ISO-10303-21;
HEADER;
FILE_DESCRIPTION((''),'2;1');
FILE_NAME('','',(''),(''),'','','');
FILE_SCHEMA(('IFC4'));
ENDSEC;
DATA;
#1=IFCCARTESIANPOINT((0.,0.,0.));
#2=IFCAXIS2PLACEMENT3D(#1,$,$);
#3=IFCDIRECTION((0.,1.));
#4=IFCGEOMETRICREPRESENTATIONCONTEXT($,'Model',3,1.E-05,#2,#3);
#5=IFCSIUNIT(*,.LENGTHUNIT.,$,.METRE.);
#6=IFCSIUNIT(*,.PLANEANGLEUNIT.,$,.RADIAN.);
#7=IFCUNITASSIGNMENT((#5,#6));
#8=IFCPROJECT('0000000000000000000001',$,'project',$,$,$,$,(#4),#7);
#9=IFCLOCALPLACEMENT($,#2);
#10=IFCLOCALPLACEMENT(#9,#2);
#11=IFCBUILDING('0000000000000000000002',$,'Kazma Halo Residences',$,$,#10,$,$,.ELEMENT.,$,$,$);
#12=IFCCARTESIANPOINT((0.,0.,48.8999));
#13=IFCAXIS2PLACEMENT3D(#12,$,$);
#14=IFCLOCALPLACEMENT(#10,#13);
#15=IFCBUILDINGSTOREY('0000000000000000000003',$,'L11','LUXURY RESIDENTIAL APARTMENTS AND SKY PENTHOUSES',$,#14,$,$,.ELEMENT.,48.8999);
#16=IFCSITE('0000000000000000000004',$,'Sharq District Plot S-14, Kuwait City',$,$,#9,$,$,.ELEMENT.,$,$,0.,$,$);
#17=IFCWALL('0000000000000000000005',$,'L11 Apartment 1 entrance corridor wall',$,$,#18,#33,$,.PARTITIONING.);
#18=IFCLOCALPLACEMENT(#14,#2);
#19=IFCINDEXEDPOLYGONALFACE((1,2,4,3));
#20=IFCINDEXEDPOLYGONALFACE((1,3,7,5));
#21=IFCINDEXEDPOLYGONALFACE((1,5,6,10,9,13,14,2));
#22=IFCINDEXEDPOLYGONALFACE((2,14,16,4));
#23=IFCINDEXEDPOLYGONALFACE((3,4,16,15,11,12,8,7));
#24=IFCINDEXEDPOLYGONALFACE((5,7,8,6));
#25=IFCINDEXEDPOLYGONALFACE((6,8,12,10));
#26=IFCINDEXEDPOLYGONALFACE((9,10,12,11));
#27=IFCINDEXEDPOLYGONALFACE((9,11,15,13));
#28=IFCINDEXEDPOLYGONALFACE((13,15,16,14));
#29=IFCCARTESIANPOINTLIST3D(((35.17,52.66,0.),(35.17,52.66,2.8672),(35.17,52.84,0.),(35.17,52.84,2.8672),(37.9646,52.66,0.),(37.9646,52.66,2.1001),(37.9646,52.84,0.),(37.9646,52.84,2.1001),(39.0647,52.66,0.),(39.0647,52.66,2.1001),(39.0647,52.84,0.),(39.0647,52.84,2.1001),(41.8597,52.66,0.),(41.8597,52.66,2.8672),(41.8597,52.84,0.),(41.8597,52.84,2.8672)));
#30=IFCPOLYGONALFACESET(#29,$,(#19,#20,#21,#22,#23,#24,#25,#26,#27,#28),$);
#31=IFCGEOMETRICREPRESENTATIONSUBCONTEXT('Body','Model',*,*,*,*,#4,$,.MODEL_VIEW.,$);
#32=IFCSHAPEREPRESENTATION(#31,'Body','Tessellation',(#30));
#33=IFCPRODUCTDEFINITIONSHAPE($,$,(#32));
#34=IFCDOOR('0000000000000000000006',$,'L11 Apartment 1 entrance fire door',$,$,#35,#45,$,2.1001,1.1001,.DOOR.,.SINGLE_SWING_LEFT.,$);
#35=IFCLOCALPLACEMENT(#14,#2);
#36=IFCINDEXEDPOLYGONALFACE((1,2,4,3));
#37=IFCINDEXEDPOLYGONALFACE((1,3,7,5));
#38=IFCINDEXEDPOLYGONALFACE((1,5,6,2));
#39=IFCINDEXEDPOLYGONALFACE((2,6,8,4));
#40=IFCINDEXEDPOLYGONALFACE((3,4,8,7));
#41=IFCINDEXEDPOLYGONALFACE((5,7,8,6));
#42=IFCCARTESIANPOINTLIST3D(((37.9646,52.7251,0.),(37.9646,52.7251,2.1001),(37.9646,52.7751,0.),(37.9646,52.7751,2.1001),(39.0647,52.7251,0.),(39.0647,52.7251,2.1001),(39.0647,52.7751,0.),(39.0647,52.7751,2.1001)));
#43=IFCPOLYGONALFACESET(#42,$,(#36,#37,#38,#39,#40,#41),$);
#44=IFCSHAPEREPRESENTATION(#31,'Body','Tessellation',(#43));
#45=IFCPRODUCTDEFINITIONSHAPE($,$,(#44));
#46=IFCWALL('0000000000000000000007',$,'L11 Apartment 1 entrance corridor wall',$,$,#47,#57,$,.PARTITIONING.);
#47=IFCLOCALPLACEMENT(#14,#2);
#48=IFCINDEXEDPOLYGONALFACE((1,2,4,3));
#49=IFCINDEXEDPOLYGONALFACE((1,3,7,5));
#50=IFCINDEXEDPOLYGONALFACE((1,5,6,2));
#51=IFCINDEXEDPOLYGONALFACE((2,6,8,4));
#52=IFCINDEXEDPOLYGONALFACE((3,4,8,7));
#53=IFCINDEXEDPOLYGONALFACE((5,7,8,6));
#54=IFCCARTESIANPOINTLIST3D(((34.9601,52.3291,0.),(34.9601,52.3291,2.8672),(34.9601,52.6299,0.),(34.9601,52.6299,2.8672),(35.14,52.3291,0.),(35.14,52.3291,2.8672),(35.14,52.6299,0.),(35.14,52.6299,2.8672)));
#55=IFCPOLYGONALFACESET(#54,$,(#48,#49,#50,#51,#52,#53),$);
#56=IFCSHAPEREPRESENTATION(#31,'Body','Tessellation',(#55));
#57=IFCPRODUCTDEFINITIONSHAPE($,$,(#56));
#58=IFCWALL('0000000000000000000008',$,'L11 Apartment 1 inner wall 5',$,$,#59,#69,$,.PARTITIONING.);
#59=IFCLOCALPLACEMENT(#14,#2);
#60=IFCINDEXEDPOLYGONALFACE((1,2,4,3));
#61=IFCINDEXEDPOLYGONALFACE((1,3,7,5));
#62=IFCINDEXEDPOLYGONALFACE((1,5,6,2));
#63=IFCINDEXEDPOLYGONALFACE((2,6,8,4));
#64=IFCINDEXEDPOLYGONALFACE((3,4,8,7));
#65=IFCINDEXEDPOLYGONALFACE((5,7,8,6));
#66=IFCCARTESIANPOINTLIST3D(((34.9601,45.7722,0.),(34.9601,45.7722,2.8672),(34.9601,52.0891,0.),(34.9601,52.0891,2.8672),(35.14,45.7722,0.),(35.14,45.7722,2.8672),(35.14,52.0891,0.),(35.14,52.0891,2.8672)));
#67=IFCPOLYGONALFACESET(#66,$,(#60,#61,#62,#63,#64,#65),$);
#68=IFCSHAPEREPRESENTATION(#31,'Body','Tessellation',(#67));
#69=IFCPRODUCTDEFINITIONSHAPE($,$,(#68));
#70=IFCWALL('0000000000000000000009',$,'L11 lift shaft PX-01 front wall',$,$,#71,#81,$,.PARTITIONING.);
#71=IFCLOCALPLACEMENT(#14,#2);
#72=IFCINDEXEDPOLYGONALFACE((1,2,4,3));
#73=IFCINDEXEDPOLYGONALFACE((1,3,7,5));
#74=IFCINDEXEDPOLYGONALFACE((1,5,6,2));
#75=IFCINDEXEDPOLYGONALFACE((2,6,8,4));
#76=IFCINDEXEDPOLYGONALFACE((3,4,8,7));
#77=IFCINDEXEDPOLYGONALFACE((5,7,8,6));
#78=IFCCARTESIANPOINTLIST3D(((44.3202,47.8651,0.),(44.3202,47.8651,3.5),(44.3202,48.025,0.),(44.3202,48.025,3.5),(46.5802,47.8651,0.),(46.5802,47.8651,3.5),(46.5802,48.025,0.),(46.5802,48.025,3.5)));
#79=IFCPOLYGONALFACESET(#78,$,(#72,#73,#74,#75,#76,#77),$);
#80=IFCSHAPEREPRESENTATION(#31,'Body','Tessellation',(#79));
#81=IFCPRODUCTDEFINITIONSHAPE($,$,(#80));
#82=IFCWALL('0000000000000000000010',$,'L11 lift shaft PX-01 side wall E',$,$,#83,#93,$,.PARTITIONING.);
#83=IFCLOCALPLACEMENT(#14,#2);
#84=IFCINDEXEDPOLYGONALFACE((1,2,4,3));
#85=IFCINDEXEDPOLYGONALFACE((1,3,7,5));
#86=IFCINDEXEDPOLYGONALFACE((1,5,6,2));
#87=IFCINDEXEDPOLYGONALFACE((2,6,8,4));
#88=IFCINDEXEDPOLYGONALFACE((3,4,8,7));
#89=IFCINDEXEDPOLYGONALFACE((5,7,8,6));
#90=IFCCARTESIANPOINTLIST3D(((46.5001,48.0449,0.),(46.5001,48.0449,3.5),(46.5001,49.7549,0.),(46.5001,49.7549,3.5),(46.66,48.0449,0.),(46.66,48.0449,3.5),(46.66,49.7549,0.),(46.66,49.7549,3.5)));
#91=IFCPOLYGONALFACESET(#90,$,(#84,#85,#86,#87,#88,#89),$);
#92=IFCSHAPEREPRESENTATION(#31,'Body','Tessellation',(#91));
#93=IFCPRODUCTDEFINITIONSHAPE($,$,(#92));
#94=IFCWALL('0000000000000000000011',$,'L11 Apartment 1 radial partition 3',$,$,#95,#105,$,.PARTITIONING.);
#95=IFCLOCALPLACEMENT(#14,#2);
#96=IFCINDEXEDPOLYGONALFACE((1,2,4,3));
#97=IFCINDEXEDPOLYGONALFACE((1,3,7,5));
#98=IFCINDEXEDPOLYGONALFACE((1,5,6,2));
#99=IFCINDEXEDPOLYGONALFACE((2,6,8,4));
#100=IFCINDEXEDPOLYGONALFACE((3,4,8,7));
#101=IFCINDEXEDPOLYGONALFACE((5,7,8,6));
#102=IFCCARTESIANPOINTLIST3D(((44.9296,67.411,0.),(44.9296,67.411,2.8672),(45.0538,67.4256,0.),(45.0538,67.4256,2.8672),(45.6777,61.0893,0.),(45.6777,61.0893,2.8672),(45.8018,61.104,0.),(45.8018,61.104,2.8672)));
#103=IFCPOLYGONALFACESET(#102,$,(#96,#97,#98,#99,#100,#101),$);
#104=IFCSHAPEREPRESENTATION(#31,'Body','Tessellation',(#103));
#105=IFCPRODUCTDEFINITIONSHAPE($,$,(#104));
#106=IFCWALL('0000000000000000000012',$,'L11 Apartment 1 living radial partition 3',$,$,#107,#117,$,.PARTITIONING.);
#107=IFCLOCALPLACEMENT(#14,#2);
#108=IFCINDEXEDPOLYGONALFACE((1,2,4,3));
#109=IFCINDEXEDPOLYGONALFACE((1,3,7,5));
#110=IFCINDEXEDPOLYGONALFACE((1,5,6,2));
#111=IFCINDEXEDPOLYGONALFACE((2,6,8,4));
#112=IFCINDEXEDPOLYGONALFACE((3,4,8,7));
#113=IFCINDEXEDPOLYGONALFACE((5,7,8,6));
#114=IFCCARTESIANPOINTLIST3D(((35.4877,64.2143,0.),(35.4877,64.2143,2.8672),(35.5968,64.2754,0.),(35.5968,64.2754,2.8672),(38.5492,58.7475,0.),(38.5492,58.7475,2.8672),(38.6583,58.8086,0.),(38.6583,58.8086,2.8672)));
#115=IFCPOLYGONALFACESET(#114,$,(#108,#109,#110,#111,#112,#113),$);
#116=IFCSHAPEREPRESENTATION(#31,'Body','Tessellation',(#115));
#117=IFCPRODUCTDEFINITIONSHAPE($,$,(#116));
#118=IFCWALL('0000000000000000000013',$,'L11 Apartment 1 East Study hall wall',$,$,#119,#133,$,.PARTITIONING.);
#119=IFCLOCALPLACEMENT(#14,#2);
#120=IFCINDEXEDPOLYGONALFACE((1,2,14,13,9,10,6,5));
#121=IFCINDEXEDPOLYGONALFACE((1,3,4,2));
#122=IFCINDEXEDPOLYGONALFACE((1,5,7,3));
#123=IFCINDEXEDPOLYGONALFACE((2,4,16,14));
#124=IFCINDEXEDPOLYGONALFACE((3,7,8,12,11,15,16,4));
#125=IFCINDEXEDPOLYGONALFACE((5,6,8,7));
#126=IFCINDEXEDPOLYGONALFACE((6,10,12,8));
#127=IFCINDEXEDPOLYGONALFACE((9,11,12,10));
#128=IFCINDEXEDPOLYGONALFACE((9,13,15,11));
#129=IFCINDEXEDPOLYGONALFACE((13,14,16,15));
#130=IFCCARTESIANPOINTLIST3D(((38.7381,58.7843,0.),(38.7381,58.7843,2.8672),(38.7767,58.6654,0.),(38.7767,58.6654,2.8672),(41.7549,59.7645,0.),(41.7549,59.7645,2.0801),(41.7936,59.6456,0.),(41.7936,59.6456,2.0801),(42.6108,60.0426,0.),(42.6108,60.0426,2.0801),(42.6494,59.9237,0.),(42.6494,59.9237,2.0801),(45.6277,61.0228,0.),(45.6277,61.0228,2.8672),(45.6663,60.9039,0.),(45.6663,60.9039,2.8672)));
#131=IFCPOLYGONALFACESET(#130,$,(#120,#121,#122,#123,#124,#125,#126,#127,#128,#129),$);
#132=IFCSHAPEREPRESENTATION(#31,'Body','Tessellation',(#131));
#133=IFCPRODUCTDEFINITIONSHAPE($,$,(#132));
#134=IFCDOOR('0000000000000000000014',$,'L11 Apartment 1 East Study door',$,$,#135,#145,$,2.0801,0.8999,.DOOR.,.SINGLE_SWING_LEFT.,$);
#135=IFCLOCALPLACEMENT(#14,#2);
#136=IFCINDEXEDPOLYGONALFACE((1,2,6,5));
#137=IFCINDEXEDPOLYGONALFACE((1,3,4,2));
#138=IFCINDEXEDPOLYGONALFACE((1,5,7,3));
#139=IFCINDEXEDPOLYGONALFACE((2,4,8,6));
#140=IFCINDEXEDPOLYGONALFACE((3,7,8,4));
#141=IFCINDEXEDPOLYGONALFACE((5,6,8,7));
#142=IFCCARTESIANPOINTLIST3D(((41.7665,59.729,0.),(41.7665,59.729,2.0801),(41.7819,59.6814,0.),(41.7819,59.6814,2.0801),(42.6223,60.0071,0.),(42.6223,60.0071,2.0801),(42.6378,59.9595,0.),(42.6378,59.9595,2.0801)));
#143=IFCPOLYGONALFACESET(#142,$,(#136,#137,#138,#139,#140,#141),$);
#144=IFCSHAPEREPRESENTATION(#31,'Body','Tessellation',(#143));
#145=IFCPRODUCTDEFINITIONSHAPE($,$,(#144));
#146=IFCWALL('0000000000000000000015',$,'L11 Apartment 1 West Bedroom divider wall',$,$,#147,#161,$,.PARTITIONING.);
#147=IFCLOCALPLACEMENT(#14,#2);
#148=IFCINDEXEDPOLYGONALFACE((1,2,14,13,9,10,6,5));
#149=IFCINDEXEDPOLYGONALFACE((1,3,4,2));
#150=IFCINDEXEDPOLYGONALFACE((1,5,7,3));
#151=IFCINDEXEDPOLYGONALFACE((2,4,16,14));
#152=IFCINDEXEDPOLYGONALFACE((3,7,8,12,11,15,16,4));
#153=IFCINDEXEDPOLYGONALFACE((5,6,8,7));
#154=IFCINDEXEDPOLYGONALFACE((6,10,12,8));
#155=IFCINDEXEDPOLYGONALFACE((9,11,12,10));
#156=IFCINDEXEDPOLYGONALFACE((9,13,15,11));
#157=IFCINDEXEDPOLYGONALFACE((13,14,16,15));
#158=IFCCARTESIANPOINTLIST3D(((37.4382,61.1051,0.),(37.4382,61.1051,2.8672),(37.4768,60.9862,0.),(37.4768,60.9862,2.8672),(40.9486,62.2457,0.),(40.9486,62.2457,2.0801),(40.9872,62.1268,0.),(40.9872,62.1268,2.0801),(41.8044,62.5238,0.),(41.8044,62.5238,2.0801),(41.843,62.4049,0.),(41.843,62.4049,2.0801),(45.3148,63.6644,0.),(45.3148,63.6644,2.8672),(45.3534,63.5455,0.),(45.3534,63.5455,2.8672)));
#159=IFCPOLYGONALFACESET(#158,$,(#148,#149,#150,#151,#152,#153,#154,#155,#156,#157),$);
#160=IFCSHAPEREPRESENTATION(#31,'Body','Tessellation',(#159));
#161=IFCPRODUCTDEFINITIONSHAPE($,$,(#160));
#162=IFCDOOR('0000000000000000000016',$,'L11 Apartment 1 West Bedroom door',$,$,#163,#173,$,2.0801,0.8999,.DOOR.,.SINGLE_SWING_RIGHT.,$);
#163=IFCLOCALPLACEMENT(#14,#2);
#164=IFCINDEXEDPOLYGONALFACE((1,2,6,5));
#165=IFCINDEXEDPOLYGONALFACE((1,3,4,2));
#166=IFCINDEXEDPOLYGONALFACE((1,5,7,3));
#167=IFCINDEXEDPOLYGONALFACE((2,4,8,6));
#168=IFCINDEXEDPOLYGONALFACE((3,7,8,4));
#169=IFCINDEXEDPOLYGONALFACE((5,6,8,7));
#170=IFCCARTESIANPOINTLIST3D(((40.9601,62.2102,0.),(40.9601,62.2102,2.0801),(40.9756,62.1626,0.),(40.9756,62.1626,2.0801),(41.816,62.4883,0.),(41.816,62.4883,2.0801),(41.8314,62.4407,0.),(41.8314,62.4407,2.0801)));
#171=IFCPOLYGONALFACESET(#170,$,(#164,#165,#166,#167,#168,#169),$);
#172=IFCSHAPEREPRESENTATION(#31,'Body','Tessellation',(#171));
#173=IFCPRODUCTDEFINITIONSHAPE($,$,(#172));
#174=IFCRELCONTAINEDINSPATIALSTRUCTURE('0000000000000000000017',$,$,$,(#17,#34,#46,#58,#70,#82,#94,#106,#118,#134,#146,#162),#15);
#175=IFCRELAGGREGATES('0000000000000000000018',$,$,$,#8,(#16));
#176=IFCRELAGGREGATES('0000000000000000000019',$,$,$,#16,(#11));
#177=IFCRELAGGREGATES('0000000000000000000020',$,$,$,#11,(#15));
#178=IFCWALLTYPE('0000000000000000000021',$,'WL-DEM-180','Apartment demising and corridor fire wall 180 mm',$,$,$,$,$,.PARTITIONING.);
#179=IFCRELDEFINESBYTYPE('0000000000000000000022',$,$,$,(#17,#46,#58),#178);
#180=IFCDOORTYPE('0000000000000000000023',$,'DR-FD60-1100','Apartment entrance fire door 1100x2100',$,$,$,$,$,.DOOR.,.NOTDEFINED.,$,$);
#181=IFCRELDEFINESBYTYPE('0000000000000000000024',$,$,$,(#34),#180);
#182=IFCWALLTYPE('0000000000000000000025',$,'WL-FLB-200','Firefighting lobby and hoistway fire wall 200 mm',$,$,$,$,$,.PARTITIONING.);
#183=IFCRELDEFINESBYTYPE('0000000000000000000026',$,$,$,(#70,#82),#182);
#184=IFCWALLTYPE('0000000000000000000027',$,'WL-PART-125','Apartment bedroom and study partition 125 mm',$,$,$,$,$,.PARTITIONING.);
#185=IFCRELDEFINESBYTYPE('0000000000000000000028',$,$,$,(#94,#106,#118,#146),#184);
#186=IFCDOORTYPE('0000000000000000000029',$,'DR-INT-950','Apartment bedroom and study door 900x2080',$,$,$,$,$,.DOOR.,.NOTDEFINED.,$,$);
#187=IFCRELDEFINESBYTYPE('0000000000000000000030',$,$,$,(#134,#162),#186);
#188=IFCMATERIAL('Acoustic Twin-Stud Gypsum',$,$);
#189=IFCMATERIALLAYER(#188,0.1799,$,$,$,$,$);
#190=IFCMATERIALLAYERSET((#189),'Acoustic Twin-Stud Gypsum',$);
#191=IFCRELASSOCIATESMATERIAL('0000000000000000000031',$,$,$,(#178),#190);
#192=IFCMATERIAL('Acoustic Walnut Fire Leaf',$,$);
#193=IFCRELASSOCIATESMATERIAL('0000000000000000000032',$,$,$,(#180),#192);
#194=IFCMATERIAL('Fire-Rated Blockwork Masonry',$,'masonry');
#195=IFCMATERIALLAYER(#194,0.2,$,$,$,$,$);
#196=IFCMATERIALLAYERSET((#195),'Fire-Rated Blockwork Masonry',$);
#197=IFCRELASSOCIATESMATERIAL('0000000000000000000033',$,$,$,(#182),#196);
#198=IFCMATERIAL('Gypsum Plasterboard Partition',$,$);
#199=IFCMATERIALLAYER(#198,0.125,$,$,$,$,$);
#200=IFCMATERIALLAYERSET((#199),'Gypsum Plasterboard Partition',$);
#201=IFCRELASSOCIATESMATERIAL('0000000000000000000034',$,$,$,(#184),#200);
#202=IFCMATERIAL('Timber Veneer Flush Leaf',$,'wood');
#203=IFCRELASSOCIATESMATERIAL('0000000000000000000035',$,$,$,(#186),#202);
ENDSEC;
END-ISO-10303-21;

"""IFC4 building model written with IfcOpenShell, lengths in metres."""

from ifc_helpers import new_model, si_unit, direction, frame, frame_2d, origin, place, context, subcontext, project, spatial, rectangle, extrude, material, layer, layer_set, type_object, element, fill, save


model = new_model("IFC4")

# Units and contexts
model_context = context("Model", 3, precision=1e-05, world=origin(), true_north=direction((0.0, 1.0)))
body_context = subcontext(model_context, "Body", "Model", "MODEL_VIEW")
ifc_project = project(units=[si_unit("LENGTHUNIT", "METRE"), si_unit("PLANEANGLEUNIT", "RADIAN")], contexts=[model_context])

# Site, building, storey
site_placement = place(None, origin())
site = spatial("IfcSite", under=ifc_project, at=site_placement, Name="Sharq District Plot S-14, Kuwait City", CompositionType="ELEMENT", RefElevation=0.0)
building_placement = place(site_placement, origin())
building = spatial("IfcBuilding", under=site, at=building_placement, Name="Kazma Halo Residences", CompositionType="ELEMENT")
storey_placement = place(building_placement, frame((0.0, 0.0, 48.8999)))
storey = spatial("IfcBuildingStorey", under=building, at=storey_placement, Name="L11", Description="LUXURY RESIDENTIAL APARTMENTS AND SKY PENTHOUSES", CompositionType="ELEMENT", Elevation=48.8999)

# Wall, opening, door
ifc_material_1 = material(Name="Acoustic Twin-Stud Gypsum")
ifc_layer_1 = layer(ifc_material_1, 0.1799)
ifc_layer_set_1 = layer_set([ifc_layer_1], Name="Acoustic Twin-Stud Gypsum")
wall_type_1 = type_object("IfcWallType", Name="WL-DEM-180", Description="Apartment demising and corridor fire wall 180 mm", PredefinedType="PARTITIONING", material=ifc_layer_set_1)
wall_1_placement = place(storey_placement, frame((41.8596, 52.75, 0.0), z_axis=(0.0, 0.0, 1.0), x_axis=(-1.0, 0.0, 0.0)))
wall_1 = element("IfcWall", 1, at=wall_1_placement, inside=storey, type_object=wall_type_1, Name="L11 Apartment 1 entrance corridor wall", PredefinedType="PARTITIONING", context=body_context, shape_type="SweptSolid", body=[
    extrude(rectangle(XDim=6.6897, YDim=0.1799, at=frame_2d((3.3447, 0.0))), origin(), (0.0, 0.0, 1.0), 2.8672),
])
opening_1_placement = place(wall_1_placement, frame((2.7949, 0.0, 0.0)))
opening_1 = element("IfcOpeningElement", 2, at=opening_1_placement, cuts=wall_1, PredefinedType="OPENING", context=body_context, shape_type="SweptSolid", body=[
    extrude(rectangle(XDim=1.1001, YDim=2.1001, at=frame_2d((0.55, 1.05))), frame((0.0, 0.0999, 0.0), z_axis=(0.0, -1.0, 0.0), x_axis=(1.0, 0.0, 0.0)), (0.0, 0.0, 1.0), 0.2),
])
ifc_material_2 = material(Name="Acoustic Walnut Fire Leaf")
door_type_1 = type_object("IfcDoorType", Name="DR-FD60-1100", Description="Apartment entrance fire door 1100x2100", OperationType="NOTDEFINED", PredefinedType="DOOR", material=ifc_material_2)
door_1_placement = place(opening_1_placement, origin())
door_1 = element("IfcDoor", 3, at=door_1_placement, inside=storey, type_object=door_type_1, Name="L11 Apartment 1 entrance fire door", OperationType="SINGLE_SWING_LEFT", OverallHeight=2.1001, OverallWidth=1.1001, PredefinedType="DOOR", context=body_context, shape_type="SweptSolid", body=[
    extrude(rectangle(XDim=1.1001, YDim=2.1001, at=frame_2d((0.55, 1.05))), frame((0.0, 0.0249, 0.0), z_axis=(0.0, -1.0, 0.0), x_axis=(1.0, 0.0, 0.0)), (0.0, 0.0, 1.0), 0.05),
])
fill(opening_1, door_1)

# Walls
wall_2_placement = place(storey_placement, frame((35.05, 52.6299, 0.0), z_axis=(0.0, 0.0, 1.0), x_axis=(0.0, -1.0, 0.0)))
element("IfcWall", 4, at=wall_2_placement, inside=storey, type_object=wall_type_1, Name="L11 Apartment 1 entrance corridor wall", PredefinedType="PARTITIONING", context=body_context, shape_type="SweptSolid", body=[
    extrude(rectangle(XDim=0.3008, YDim=0.1799, at=frame_2d((0.1504, 0.0))), origin(), (0.0, 0.0, 1.0), 2.8672),
])
wall_3_placement = place(storey_placement, frame((35.05, 52.0891, 0.0), z_axis=(0.0, 0.0, 1.0), x_axis=(0.0, -1.0, 0.0)))
element("IfcWall", 5, at=wall_3_placement, inside=storey, type_object=wall_type_1, Name="L11 Apartment 1 inner wall 5", PredefinedType="PARTITIONING", context=body_context, shape_type="SweptSolid", body=[
    extrude(rectangle(XDim=6.3169, YDim=0.1799, at=frame_2d((3.1584, 0.0))), origin(), (0.0, 0.0, 1.0), 2.8672),
])

# Walls
ifc_material_3 = material(Name="Fire-Rated Blockwork Masonry", Category="masonry")
ifc_layer_2 = layer(ifc_material_3, 0.2)
ifc_layer_set_2 = layer_set([ifc_layer_2], Name="Fire-Rated Blockwork Masonry")
wall_type_2 = type_object("IfcWallType", Name="WL-FLB-200", Description="Firefighting lobby and hoistway fire wall 200 mm", PredefinedType="PARTITIONING", material=ifc_layer_set_2)
wall_4_placement = place(storey_placement, frame((46.5801, 47.9451, 0.0), z_axis=(0.0, 0.0, 1.0), x_axis=(-1.0, 0.0, 0.0)))
element("IfcWall", 6, at=wall_4_placement, inside=storey, type_object=wall_type_2, Name="L11 lift shaft PX-01 front wall", PredefinedType="PARTITIONING", context=body_context, shape_type="SweptSolid", body=[
    extrude(rectangle(XDim=2.26, YDim=0.1599, at=frame_2d((1.1299, 0.0))), origin(), (0.0, 0.0, 1.0), 3.5),
])
wall_5_placement = place(storey_placement, frame((46.5801, 48.0449, 0.0), z_axis=(0.0, 0.0, 1.0), x_axis=(0.0, 1.0, 0.0)))
element("IfcWall", 7, at=wall_5_placement, inside=storey, type_object=wall_type_2, Name="L11 lift shaft PX-01 side wall E", PredefinedType="PARTITIONING", context=body_context, shape_type="SweptSolid", body=[
    extrude(rectangle(XDim=1.71, YDim=0.1599, at=frame_2d((0.855, 0.0))), origin(), (0.0, 0.0, 1.0), 3.5),
])
ifc_material_4 = material(Name="Gypsum Plasterboard Partition")
ifc_layer_3 = layer(ifc_material_4, 0.125)
ifc_layer_set_3 = layer_set([ifc_layer_3], Name="Gypsum Plasterboard Partition")
wall_type_3 = type_object("IfcWallType", Name="WL-PART-125", Description="Apartment bedroom and study partition 125 mm", PredefinedType="PARTITIONING", material=ifc_layer_set_3)
wall_6_placement = place(storey_placement, frame((45.7397, 61.0967, 0.0), z_axis=(0.0, 0.0, 1.0), x_axis=(-0.117513, 0.993071, 0.0)))
element("IfcWall", 8, at=wall_6_placement, inside=storey, type_object=wall_type_3, Name="L11 Apartment 1 radial partition 3", PredefinedType="PARTITIONING", context=body_context, shape_type="SweptSolid", body=[
    extrude(rectangle(XDim=6.3657, YDim=0.125, at=frame_2d((3.1829, 0.0))), origin(), (0.0, 0.0, 1.0), 2.8672),
])
wall_7_placement = place(storey_placement, frame((38.6038, 58.7781, 0.0), z_axis=(0.0, 0.0, 1.0), x_axis=(-0.488618, 0.872498, 0.0)))
element("IfcWall", 9, at=wall_7_placement, inside=storey, type_object=wall_type_3, Name="L11 Apartment 1 living radial partition 3", PredefinedType="PARTITIONING", context=body_context, shape_type="SweptSolid", body=[
    extrude(rectangle(XDim=6.2656, YDim=0.125, at=frame_2d((3.1328, 0.0))), origin(), (0.0, 0.0, 1.0), 2.8672),
])

# Walls, openings, doors
wall_8_placement = place(storey_placement, frame((45.647, 60.9634, 0.0), z_axis=(0.0, 0.0, 1.0), x_axis=(-0.951059, -0.30901, 0.0)))
wall_8 = element("IfcWall", 10, at=wall_8_placement, inside=storey, type_object=wall_type_3, Name="L11 Apartment 1 East Study hall wall", PredefinedType="PARTITIONING", context=body_context, shape_type="SweptSolid", body=[
    extrude(rectangle(XDim=7.2441, YDim=0.125, at=frame_2d((3.6221, 0.0))), origin(), (0.0, 0.0, 1.0), 2.8672),
])
opening_2_placement = place(wall_8_placement, frame((3.1721, 0.0, 0.0)))
opening_2 = element("IfcOpeningElement", 11, at=opening_2_placement, cuts=wall_8, PredefinedType="OPENING", context=body_context, shape_type="SweptSolid", body=[
    extrude(rectangle(XDim=0.8999, YDim=2.0801, at=frame_2d((0.45, 1.04))), frame((0.0, 0.0725, 0.0), z_axis=(0.0, -1.0, 0.0), x_axis=(1.0, 0.0, 0.0)), (0.0, 0.0, 1.0), 0.145),
])
ifc_material_5 = material(Name="Timber Veneer Flush Leaf", Category="wood")
door_type_2 = type_object("IfcDoorType", Name="DR-INT-950", Description="Apartment bedroom and study door 900x2080", OperationType="NOTDEFINED", PredefinedType="DOOR", material=ifc_material_5)
door_2_placement = place(opening_2_placement, origin())
door_2 = element("IfcDoor", 12, at=door_2_placement, inside=storey, type_object=door_type_2, Name="L11 Apartment 1 East Study door", OperationType="SINGLE_SWING_LEFT", OverallHeight=2.0801, OverallWidth=0.8999, PredefinedType="DOOR", context=body_context, shape_type="SweptSolid", body=[
    extrude(rectangle(XDim=0.8999, YDim=2.0801, at=frame_2d((0.45, 1.04))), frame((0.0, 0.0249, 0.0), z_axis=(0.0, -1.0, 0.0), x_axis=(1.0, 0.0, 0.0)), (0.0, 0.0, 1.0), 0.05),
])
fill(opening_2, door_2)
wall_9_placement = place(storey_placement, frame((45.3342, 63.605, 0.0), z_axis=(0.0, 0.0, 1.0), x_axis=(-0.951056, -0.30902, 0.0)))
wall_9 = element("IfcWall", 13, at=wall_9_placement, inside=storey, type_object=wall_type_3, Name="L11 Apartment 1 West Bedroom divider wall", PredefinedType="PARTITIONING", context=body_context, shape_type="SweptSolid", body=[
    extrude(rectangle(XDim=8.282, YDim=0.125, at=frame_2d((4.1411, 0.0))), origin(), (0.0, 0.0, 1.0), 2.8672),
])
opening_3_placement = place(wall_9_placement, frame((3.6912, 0.0, 0.0)))
opening_3 = element("IfcOpeningElement", 14, at=opening_3_placement, cuts=wall_9, PredefinedType="OPENING", context=body_context, shape_type="SweptSolid", body=[
    extrude(rectangle(XDim=0.8999, YDim=2.0801, at=frame_2d((0.45, 1.04))), frame((0.0, 0.0725, 0.0), z_axis=(0.0, -1.0, 0.0), x_axis=(1.0, 0.0, 0.0)), (0.0, 0.0, 1.0), 0.145),
])
door_3_placement = place(opening_3_placement, origin())
door_3 = element("IfcDoor", 15, at=door_3_placement, inside=storey, type_object=door_type_2, Name="L11 Apartment 1 West Bedroom door", OperationType="SINGLE_SWING_RIGHT", OverallHeight=2.0801, OverallWidth=0.8999, PredefinedType="DOOR", context=body_context, shape_type="SweptSolid", body=[
    extrude(rectangle(XDim=0.8999, YDim=2.0801, at=frame_2d((0.45, 1.04))), frame((0.0, 0.0249, 0.0), z_axis=(0.0, -1.0, 0.0), x_axis=(1.0, 0.0, 0.0)), (0.0, 0.0, 1.0), 0.05),
])
fill(opening_3, door_3)

save(model, "model.ifc")
